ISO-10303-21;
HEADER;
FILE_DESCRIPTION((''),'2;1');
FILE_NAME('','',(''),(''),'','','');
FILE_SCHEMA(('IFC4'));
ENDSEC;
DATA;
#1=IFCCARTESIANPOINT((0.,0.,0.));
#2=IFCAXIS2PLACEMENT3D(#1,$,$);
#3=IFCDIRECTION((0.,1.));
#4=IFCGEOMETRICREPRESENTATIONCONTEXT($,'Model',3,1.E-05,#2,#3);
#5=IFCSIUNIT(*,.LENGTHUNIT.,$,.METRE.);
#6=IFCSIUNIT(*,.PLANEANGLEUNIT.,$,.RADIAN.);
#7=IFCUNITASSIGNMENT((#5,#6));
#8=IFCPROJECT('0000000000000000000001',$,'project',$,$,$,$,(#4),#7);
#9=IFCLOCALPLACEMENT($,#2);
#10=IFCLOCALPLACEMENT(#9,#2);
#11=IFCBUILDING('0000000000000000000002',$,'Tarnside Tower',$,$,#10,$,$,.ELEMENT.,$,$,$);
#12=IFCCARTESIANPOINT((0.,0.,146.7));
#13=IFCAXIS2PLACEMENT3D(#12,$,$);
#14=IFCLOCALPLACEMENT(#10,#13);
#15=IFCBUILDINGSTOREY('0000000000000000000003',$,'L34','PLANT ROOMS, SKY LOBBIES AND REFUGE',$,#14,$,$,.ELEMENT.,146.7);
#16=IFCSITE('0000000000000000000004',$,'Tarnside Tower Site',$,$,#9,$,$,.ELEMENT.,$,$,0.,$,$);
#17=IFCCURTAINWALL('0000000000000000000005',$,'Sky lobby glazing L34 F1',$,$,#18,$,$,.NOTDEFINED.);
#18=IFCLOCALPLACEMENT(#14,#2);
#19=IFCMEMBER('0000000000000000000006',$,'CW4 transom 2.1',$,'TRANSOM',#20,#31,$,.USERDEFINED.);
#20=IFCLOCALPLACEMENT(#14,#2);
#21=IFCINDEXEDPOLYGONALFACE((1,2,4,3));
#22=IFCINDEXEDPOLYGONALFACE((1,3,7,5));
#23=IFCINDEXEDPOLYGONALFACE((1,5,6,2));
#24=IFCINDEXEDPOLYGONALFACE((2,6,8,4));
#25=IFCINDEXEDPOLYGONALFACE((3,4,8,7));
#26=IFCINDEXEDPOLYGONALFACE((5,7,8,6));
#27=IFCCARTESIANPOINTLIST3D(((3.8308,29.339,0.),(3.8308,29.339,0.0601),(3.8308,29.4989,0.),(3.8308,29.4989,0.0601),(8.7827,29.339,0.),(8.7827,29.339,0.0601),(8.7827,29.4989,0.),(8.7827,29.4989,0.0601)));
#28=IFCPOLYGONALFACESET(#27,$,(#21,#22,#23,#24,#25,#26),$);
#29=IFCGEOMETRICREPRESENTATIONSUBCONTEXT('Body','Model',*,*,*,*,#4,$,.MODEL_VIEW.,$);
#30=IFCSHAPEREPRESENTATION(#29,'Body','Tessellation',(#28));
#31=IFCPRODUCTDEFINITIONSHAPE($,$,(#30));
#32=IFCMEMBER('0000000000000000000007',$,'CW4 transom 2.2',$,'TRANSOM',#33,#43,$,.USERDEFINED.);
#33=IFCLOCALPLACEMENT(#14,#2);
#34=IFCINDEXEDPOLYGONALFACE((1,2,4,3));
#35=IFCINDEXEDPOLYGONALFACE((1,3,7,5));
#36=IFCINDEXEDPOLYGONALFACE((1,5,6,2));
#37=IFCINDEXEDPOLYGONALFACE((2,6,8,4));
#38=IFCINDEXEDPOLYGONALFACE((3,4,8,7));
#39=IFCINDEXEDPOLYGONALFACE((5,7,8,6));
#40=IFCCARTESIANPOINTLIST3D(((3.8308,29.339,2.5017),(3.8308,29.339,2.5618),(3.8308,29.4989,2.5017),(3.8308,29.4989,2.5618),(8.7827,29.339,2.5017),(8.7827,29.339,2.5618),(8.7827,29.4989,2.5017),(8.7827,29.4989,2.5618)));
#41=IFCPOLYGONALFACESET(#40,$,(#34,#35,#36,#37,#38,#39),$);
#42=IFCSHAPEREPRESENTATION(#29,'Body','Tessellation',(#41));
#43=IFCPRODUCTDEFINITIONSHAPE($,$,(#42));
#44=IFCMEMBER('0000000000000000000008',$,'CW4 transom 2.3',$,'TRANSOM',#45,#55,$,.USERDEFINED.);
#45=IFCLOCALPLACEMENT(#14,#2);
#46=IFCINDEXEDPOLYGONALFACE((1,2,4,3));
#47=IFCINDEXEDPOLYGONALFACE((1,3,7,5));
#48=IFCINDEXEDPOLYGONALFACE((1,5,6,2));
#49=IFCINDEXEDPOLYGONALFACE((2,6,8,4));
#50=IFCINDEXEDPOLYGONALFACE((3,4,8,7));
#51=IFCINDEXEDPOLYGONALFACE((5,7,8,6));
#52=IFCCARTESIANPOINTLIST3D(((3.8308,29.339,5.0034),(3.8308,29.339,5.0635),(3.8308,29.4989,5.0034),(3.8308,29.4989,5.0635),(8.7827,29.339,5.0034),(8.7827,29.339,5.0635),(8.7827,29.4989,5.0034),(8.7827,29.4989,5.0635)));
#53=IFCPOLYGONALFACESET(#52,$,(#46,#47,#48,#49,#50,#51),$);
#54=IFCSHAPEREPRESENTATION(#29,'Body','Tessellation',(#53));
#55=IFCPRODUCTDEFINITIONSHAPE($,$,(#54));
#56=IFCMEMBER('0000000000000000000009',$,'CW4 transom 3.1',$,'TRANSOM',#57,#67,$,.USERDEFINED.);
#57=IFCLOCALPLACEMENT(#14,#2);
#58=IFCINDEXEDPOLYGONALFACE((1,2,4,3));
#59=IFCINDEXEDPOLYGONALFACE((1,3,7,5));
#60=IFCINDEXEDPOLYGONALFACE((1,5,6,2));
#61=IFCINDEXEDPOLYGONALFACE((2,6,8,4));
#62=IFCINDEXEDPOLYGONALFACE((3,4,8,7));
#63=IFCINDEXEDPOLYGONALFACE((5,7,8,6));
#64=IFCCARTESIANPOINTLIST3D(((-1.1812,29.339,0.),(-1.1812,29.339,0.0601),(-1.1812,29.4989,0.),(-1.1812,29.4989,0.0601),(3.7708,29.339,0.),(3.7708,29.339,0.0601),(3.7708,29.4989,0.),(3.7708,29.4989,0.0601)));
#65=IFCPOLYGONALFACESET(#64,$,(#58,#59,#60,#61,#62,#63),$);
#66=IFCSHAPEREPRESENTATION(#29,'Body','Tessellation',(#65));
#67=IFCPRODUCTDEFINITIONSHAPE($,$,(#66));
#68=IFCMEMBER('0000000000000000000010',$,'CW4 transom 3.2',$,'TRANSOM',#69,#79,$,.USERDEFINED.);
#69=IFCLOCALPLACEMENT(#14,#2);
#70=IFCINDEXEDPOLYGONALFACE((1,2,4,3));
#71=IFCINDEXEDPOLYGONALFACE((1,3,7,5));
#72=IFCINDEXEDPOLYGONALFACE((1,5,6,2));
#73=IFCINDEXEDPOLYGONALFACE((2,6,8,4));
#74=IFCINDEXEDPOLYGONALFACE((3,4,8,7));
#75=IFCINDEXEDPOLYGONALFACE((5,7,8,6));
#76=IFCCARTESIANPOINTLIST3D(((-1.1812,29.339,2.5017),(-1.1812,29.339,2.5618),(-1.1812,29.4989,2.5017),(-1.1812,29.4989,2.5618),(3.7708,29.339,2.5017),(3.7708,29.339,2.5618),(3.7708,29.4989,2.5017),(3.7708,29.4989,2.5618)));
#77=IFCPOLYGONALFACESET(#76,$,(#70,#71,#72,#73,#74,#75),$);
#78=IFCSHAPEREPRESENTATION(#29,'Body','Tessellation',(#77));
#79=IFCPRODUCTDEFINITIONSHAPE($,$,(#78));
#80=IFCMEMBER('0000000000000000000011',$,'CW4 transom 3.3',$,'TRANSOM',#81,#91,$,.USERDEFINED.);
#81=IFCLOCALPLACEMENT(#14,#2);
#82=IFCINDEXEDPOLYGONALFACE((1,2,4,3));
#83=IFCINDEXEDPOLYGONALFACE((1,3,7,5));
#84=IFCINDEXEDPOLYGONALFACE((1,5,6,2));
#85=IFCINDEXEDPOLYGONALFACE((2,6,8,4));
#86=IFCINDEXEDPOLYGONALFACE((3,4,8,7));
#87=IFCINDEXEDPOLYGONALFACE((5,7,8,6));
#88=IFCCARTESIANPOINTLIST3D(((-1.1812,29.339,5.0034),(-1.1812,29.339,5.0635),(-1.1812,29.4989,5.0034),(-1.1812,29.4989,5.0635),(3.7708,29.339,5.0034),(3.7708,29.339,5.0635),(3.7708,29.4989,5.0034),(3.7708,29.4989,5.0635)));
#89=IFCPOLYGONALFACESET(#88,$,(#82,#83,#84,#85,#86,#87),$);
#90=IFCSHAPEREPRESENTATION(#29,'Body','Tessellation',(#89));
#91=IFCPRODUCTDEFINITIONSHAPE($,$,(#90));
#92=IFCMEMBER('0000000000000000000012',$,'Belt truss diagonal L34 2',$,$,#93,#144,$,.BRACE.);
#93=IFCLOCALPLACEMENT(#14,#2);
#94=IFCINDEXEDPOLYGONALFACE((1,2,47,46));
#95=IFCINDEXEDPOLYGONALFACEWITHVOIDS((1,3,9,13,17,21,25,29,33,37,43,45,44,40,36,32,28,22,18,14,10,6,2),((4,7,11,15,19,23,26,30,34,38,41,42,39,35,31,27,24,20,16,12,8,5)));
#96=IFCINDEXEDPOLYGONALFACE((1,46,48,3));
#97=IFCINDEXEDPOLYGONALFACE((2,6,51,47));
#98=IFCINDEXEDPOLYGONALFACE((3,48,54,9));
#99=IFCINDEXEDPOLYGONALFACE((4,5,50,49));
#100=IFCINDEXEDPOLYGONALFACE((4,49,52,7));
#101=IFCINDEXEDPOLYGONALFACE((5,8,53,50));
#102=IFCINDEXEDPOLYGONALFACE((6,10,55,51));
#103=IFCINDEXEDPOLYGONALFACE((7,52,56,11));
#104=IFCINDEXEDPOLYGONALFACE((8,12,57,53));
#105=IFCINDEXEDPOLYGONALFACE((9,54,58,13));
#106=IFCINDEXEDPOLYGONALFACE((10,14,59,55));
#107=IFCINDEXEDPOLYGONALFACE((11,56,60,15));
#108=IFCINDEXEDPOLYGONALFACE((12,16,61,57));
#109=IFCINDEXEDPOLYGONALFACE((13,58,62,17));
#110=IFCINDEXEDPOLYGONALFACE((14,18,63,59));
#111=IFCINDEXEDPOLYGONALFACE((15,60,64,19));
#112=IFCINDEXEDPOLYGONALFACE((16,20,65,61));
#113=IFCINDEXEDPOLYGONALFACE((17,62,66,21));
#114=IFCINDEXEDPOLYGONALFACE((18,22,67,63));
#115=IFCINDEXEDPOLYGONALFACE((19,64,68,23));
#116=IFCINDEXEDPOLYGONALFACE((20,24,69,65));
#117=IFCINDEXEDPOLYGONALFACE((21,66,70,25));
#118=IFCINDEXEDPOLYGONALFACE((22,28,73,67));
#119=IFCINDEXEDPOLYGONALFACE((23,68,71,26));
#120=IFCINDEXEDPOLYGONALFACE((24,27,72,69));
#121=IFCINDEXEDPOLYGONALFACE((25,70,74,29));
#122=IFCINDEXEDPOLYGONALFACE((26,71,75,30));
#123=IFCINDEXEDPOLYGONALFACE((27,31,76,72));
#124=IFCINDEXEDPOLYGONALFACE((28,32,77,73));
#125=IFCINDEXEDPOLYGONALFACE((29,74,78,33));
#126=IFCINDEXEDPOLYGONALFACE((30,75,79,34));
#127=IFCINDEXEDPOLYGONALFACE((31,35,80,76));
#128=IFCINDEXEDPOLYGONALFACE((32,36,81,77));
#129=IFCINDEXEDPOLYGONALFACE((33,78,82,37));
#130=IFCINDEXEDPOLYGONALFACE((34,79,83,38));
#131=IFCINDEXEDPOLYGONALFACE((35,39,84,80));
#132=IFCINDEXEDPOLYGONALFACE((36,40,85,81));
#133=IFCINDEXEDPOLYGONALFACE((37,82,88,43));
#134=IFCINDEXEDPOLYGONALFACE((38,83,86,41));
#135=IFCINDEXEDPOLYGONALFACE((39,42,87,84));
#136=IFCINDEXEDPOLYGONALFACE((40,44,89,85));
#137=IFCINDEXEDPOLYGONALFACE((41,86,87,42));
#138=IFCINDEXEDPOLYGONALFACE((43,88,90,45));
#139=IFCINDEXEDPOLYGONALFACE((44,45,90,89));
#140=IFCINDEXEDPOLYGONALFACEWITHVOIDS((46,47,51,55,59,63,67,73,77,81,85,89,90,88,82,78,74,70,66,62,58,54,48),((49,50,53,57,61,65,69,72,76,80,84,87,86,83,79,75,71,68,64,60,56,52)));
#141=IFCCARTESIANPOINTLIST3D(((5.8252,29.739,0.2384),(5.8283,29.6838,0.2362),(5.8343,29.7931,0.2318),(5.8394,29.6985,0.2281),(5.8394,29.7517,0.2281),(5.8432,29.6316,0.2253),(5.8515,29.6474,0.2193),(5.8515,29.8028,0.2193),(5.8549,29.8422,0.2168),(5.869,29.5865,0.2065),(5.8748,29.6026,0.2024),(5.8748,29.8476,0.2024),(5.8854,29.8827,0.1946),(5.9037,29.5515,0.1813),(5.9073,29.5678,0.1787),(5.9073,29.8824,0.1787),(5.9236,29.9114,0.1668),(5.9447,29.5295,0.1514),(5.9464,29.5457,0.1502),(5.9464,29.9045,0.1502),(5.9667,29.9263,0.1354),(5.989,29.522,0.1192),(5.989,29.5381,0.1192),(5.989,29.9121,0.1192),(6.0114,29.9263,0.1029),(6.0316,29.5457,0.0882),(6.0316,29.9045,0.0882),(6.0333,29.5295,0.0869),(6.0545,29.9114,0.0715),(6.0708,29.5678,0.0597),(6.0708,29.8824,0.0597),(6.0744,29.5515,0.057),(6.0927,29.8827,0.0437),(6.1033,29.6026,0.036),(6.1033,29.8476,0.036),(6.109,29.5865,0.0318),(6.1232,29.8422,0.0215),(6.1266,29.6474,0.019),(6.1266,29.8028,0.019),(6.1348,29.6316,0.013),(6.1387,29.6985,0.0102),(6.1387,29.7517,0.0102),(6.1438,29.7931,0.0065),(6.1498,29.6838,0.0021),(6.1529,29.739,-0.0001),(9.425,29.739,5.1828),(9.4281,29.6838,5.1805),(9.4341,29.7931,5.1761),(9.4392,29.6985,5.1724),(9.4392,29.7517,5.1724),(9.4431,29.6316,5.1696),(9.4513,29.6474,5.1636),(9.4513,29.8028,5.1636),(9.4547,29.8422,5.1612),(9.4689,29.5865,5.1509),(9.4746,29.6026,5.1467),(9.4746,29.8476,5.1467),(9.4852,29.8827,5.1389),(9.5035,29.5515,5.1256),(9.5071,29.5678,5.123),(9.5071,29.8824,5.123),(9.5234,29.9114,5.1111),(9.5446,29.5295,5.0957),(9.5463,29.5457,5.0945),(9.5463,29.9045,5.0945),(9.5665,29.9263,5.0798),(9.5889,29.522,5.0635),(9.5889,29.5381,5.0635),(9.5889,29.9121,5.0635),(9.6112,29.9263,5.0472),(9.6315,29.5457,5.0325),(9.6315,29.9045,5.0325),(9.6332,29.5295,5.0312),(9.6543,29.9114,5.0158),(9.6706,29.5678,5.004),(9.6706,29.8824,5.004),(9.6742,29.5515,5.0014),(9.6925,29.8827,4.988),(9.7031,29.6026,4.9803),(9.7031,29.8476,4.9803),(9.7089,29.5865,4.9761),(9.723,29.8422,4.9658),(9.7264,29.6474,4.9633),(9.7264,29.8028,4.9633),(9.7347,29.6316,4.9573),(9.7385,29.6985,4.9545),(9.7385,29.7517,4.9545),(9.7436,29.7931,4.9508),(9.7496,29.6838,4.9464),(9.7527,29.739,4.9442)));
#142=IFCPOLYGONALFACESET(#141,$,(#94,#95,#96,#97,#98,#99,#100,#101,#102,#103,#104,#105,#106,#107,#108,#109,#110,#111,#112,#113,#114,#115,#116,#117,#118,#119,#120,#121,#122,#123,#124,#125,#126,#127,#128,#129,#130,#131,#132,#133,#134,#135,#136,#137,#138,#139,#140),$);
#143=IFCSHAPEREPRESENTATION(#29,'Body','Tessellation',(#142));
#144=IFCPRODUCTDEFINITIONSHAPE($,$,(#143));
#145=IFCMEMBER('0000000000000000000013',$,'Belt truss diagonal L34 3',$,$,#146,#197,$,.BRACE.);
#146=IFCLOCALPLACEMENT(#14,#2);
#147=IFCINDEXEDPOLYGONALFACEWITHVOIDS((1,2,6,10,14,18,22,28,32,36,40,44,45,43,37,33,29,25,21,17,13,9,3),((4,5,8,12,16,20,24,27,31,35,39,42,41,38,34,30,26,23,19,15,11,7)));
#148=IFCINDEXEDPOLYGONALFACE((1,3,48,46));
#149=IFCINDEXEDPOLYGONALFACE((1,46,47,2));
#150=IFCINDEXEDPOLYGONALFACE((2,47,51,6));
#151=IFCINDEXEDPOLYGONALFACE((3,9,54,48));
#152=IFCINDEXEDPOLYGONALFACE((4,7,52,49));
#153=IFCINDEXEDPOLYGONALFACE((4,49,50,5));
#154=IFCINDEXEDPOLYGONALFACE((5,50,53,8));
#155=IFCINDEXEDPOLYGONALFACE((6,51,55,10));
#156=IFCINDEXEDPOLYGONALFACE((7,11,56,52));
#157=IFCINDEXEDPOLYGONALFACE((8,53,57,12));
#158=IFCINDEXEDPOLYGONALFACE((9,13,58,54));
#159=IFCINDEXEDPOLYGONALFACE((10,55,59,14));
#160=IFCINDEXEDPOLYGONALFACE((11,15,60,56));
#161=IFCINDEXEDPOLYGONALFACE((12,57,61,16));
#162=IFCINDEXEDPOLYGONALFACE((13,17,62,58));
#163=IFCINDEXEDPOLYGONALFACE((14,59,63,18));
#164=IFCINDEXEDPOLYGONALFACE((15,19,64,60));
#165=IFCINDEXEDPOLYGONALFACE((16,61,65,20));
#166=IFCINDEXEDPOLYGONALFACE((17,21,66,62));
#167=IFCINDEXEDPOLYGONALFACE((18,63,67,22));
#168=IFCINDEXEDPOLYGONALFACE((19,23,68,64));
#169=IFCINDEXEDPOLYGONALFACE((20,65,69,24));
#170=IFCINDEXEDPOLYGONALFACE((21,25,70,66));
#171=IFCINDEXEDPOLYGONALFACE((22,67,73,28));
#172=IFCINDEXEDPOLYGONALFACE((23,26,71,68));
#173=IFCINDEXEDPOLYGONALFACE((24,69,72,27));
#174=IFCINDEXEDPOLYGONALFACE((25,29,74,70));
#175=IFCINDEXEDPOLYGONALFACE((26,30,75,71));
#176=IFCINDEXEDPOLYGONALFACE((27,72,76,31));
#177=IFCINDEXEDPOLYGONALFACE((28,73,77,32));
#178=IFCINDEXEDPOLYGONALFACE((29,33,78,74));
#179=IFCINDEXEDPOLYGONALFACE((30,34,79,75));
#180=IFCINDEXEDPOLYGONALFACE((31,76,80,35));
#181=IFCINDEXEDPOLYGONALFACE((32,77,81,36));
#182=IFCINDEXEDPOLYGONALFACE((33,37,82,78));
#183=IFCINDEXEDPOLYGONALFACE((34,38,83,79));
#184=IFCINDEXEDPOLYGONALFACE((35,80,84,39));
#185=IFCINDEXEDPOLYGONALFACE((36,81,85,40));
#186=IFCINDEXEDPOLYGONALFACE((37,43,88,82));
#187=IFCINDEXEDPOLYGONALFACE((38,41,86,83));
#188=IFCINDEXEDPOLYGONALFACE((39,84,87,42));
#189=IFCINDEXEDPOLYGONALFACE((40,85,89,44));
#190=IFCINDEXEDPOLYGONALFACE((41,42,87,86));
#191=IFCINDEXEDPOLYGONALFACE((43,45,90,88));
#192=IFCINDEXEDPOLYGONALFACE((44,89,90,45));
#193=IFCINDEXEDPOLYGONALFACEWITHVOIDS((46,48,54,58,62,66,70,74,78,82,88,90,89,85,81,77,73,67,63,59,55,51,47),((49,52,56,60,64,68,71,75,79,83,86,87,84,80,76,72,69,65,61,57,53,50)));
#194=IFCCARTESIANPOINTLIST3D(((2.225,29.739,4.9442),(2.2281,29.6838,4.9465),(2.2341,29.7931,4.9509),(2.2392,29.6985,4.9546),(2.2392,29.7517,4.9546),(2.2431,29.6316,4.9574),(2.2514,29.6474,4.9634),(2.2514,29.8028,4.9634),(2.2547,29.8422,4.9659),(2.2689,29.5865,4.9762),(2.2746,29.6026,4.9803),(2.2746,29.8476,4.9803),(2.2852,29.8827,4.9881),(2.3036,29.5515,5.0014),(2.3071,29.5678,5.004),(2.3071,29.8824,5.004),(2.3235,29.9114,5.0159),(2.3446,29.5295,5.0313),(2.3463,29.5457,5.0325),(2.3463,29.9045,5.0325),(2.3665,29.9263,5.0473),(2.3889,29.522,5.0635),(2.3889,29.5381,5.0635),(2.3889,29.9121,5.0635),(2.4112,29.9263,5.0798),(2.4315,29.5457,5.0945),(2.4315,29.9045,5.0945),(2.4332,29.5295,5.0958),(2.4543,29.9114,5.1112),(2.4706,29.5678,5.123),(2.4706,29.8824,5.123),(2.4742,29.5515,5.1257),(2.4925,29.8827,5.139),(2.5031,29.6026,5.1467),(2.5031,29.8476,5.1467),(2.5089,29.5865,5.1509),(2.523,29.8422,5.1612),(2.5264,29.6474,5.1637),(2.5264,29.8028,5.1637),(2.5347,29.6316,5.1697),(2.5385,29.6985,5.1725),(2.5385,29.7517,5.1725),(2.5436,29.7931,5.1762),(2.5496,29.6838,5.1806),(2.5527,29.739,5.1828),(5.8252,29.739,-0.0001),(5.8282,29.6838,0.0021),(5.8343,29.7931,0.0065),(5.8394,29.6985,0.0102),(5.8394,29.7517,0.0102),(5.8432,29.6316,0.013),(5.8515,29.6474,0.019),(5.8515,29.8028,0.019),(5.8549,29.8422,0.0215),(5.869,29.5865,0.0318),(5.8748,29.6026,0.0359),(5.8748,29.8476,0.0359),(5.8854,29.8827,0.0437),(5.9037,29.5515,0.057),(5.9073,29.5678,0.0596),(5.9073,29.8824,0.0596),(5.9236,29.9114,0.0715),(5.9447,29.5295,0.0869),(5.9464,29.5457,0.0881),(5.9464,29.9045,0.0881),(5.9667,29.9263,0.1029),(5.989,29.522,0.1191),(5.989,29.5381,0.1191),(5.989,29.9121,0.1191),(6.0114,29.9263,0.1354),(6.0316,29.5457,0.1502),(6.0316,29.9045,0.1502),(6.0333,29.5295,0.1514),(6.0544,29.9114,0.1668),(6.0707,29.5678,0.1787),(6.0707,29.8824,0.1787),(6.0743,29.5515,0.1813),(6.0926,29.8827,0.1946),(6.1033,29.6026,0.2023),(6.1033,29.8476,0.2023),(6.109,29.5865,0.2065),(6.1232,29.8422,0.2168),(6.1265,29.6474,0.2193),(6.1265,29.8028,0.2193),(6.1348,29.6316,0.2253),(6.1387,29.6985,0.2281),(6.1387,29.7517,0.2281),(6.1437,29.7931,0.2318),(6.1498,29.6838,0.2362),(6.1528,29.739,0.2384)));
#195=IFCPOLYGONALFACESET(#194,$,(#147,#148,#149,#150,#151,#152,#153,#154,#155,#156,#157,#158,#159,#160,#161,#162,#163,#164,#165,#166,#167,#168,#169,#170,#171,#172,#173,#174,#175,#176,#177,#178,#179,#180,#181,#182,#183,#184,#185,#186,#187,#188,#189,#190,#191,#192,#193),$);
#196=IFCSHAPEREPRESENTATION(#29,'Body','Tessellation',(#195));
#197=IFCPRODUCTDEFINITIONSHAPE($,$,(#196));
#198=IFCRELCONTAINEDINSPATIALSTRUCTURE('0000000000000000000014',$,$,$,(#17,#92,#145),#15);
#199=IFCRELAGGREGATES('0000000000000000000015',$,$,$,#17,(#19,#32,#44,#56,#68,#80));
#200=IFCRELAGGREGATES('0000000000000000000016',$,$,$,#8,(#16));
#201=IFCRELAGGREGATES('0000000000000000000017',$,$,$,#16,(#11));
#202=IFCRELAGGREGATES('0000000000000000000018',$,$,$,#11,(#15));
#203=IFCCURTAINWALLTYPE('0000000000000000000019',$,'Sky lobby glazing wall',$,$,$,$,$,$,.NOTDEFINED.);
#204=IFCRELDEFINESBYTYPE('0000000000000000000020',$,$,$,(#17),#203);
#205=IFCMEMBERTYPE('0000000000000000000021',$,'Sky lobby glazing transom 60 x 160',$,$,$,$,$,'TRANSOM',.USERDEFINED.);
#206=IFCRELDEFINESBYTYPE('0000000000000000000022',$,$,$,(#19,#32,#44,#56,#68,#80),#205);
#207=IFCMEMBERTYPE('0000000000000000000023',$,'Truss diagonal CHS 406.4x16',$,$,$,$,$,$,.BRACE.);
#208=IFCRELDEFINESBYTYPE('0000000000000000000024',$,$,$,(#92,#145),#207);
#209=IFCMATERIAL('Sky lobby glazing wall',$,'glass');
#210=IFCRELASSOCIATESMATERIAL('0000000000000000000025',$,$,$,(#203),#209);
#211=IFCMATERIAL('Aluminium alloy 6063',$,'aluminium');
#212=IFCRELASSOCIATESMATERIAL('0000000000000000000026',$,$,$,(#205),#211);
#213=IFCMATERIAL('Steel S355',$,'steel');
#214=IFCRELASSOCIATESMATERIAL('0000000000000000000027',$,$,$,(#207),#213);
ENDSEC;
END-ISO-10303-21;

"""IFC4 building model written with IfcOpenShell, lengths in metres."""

from ifc_helpers import new_model, si_unit, direction, frame, origin, origin_2d, place, context, subcontext, project, spatial, rectangle, hollow_circle, extrude, material, material_profile, profile_set, type_object, element, aggregate, save


model = new_model("IFC4")

# Units and contexts
model_context = context("Model", 3, precision=1e-05, world=origin(), true_north=direction((0.0, 1.0)))
body_context = subcontext(model_context, "Body", "Model", "MODEL_VIEW")
ifc_project = project(units=[si_unit("LENGTHUNIT", "METRE"), si_unit("PLANEANGLEUNIT", "RADIAN")], contexts=[model_context])

# Site, building, storey
site_placement = place(None, origin())
site = spatial("IfcSite", under=ifc_project, at=site_placement, Name="Tarnside Tower Site", CompositionType="ELEMENT", RefElevation=0.0)
building_placement = place(site_placement, origin())
building = spatial("IfcBuilding", under=site, at=building_placement, Name="Tarnside Tower", CompositionType="ELEMENT")
storey_placement = place(building_placement, frame((0.0, 0.0, 146.7)))
storey = spatial("IfcBuildingStorey", under=building, at=storey_placement, Name="L34", Description="PLANT ROOMS, SKY LOBBIES AND REFUGE", CompositionType="ELEMENT", Elevation=146.7)

# Shared definitions
ifc_material_1 = material(Name="Steel S355", Category="steel")

# Curtain wall, members
ifc_material_2 = material(Name="Sky lobby glazing wall", Category="glass")
curtain_wall_type = type_object("IfcCurtainWallType", Name="Sky lobby glazing wall", PredefinedType="NOTDEFINED", material=ifc_material_2)
curtain_wall_placement = place(storey_placement, origin())
curtain_wall = element("IfcCurtainWall", 1, at=curtain_wall_placement, inside=storey, type_object=curtain_wall_type, Name="Sky lobby glazing L34 F1", PredefinedType="NOTDEFINED")
ifc_material_3 = material(Name="Aluminium alloy 6063", Category="aluminium")
ifc_material_profile_1 = material_profile(ifc_material_3, rectangle(XDim=0.1599, YDim=0.0601, at=origin_2d()), Name="Sky lobby glazing transom 60 x 160")
ifc_profile_set_1 = profile_set([ifc_material_profile_1], Name="Aluminium alloy 6063")
member_type_1 = type_object("IfcMemberType", Name="Sky lobby glazing transom 60 x 160", ElementType="TRANSOM", PredefinedType="USERDEFINED", material=ifc_profile_set_1)
member_1_placement = place(storey_placement, frame((8.7827, 29.4189, 0.03), z_axis=(-1.0, 0.0, 0.0), x_axis=(0.0, -1.0, 0.0)))
member_1 = element("IfcMember", 2, at=member_1_placement, type_object=member_type_1, Name="CW4 transom 2.1", ObjectType="TRANSOM", PredefinedType="USERDEFINED", context=body_context, shape_type="SweptSolid", body=[
    extrude(rectangle(XDim=0.1599, YDim=0.0601, at=origin_2d()), origin(), (0.0, 0.0, 1.0), 4.9519),
])
member_2_placement = place(storey_placement, frame((8.7827, 29.4189, 2.5317), z_axis=(-1.0, 0.0, 0.0), x_axis=(0.0, -1.0, 0.0)))
member_2 = element("IfcMember", 3, at=member_2_placement, type_object=member_type_1, Name="CW4 transom 2.2", ObjectType="TRANSOM", PredefinedType="USERDEFINED", context=body_context, shape_type="SweptSolid", body=[
    extrude(rectangle(XDim=0.1599, YDim=0.0601, at=origin_2d()), origin(), (0.0, 0.0, 1.0), 4.9519),
])
member_3_placement = place(storey_placement, frame((8.7827, 29.4189, 5.0334), z_axis=(-1.0, 0.0, 0.0), x_axis=(0.0, -1.0, 0.0)))
member_3 = element("IfcMember", 4, at=member_3_placement, type_object=member_type_1, Name="CW4 transom 2.3", ObjectType="TRANSOM", PredefinedType="USERDEFINED", context=body_context, shape_type="SweptSolid", body=[
    extrude(rectangle(XDim=0.1599, YDim=0.0601, at=origin_2d()), origin(), (0.0, 0.0, 1.0), 4.9519),
])
member_4_placement = place(storey_placement, frame((3.7708, 29.4189, 0.03), z_axis=(-1.0, 0.0, 0.0), x_axis=(0.0, -1.0, 0.0)))
member_4 = element("IfcMember", 5, at=member_4_placement, type_object=member_type_1, Name="CW4 transom 3.1", ObjectType="TRANSOM", PredefinedType="USERDEFINED", context=body_context, shape_type="SweptSolid", body=[
    extrude(rectangle(XDim=0.1599, YDim=0.0601, at=origin_2d()), origin(), (0.0, 0.0, 1.0), 4.9519),
])
member_5_placement = place(storey_placement, frame((3.7708, 29.4189, 2.5317), z_axis=(-1.0, 0.0, 0.0), x_axis=(0.0, -1.0, 0.0)))
member_5 = element("IfcMember", 6, at=member_5_placement, type_object=member_type_1, Name="CW4 transom 3.2", ObjectType="TRANSOM", PredefinedType="USERDEFINED", context=body_context, shape_type="SweptSolid", body=[
    extrude(rectangle(XDim=0.1599, YDim=0.0601, at=origin_2d()), origin(), (0.0, 0.0, 1.0), 4.9519),
])
member_6_placement = place(storey_placement, frame((3.7708, 29.4189, 5.0334), z_axis=(-1.0, 0.0, 0.0), x_axis=(0.0, -1.0, 0.0)))
member_6 = element("IfcMember", 7, at=member_6_placement, type_object=member_type_1, Name="CW4 transom 3.3", ObjectType="TRANSOM", PredefinedType="USERDEFINED", context=body_context, shape_type="SweptSolid", body=[
    extrude(rectangle(XDim=0.1599, YDim=0.0601, at=origin_2d()), origin(), (0.0, 0.0, 1.0), 4.9519),
])

# Members
ifc_material_profile_2 = material_profile(ifc_material_1, hollow_circle(Radius=0.2031, WallThickness=0.0161, at=origin_2d()), Name="CHS 406.4x16")
ifc_profile_set_2 = profile_set([ifc_material_profile_2], Name="Steel S355")
member_type_2 = type_object("IfcMemberType", Name="Truss diagonal CHS 406.4x16", PredefinedType="BRACE", material=ifc_profile_set_2)
member_7_placement = place(storey_placement, frame((9.5889, 29.7251, 5.0635), z_axis=(-0.588596, 0.0, -0.808427), x_axis=(0.0, -1.0, 0.0)))
element("IfcMember", 8, at=member_7_placement, inside=storey, type_object=member_type_2, Name="Belt truss diagonal L34 2", PredefinedType="BRACE", context=body_context, shape_type="SweptSolid", body=[
    extrude(hollow_circle(Radius=0.2031, WallThickness=0.0161, at=origin_2d()), origin(), (0.0, 0.0, 1.0), 6.116),
])
member_8_placement = place(storey_placement, frame((5.989, 29.7251, 0.1191), z_axis=(-0.588623, 0.0, 0.808408), x_axis=(0.0, -1.0, 0.0)))
element("IfcMember", 9, at=member_8_placement, inside=storey, type_object=member_type_2, Name="Belt truss diagonal L34 3", PredefinedType="BRACE", context=body_context, shape_type="SweptSolid", body=[
    extrude(hollow_circle(Radius=0.2031, WallThickness=0.0161, at=origin_2d()), origin(), (0.0, 0.0, 1.0), 6.1162),
])

aggregate(curtain_wall, [member_1, member_2, member_3, member_4, member_5, member_6])

save(model, "model.ifc")
